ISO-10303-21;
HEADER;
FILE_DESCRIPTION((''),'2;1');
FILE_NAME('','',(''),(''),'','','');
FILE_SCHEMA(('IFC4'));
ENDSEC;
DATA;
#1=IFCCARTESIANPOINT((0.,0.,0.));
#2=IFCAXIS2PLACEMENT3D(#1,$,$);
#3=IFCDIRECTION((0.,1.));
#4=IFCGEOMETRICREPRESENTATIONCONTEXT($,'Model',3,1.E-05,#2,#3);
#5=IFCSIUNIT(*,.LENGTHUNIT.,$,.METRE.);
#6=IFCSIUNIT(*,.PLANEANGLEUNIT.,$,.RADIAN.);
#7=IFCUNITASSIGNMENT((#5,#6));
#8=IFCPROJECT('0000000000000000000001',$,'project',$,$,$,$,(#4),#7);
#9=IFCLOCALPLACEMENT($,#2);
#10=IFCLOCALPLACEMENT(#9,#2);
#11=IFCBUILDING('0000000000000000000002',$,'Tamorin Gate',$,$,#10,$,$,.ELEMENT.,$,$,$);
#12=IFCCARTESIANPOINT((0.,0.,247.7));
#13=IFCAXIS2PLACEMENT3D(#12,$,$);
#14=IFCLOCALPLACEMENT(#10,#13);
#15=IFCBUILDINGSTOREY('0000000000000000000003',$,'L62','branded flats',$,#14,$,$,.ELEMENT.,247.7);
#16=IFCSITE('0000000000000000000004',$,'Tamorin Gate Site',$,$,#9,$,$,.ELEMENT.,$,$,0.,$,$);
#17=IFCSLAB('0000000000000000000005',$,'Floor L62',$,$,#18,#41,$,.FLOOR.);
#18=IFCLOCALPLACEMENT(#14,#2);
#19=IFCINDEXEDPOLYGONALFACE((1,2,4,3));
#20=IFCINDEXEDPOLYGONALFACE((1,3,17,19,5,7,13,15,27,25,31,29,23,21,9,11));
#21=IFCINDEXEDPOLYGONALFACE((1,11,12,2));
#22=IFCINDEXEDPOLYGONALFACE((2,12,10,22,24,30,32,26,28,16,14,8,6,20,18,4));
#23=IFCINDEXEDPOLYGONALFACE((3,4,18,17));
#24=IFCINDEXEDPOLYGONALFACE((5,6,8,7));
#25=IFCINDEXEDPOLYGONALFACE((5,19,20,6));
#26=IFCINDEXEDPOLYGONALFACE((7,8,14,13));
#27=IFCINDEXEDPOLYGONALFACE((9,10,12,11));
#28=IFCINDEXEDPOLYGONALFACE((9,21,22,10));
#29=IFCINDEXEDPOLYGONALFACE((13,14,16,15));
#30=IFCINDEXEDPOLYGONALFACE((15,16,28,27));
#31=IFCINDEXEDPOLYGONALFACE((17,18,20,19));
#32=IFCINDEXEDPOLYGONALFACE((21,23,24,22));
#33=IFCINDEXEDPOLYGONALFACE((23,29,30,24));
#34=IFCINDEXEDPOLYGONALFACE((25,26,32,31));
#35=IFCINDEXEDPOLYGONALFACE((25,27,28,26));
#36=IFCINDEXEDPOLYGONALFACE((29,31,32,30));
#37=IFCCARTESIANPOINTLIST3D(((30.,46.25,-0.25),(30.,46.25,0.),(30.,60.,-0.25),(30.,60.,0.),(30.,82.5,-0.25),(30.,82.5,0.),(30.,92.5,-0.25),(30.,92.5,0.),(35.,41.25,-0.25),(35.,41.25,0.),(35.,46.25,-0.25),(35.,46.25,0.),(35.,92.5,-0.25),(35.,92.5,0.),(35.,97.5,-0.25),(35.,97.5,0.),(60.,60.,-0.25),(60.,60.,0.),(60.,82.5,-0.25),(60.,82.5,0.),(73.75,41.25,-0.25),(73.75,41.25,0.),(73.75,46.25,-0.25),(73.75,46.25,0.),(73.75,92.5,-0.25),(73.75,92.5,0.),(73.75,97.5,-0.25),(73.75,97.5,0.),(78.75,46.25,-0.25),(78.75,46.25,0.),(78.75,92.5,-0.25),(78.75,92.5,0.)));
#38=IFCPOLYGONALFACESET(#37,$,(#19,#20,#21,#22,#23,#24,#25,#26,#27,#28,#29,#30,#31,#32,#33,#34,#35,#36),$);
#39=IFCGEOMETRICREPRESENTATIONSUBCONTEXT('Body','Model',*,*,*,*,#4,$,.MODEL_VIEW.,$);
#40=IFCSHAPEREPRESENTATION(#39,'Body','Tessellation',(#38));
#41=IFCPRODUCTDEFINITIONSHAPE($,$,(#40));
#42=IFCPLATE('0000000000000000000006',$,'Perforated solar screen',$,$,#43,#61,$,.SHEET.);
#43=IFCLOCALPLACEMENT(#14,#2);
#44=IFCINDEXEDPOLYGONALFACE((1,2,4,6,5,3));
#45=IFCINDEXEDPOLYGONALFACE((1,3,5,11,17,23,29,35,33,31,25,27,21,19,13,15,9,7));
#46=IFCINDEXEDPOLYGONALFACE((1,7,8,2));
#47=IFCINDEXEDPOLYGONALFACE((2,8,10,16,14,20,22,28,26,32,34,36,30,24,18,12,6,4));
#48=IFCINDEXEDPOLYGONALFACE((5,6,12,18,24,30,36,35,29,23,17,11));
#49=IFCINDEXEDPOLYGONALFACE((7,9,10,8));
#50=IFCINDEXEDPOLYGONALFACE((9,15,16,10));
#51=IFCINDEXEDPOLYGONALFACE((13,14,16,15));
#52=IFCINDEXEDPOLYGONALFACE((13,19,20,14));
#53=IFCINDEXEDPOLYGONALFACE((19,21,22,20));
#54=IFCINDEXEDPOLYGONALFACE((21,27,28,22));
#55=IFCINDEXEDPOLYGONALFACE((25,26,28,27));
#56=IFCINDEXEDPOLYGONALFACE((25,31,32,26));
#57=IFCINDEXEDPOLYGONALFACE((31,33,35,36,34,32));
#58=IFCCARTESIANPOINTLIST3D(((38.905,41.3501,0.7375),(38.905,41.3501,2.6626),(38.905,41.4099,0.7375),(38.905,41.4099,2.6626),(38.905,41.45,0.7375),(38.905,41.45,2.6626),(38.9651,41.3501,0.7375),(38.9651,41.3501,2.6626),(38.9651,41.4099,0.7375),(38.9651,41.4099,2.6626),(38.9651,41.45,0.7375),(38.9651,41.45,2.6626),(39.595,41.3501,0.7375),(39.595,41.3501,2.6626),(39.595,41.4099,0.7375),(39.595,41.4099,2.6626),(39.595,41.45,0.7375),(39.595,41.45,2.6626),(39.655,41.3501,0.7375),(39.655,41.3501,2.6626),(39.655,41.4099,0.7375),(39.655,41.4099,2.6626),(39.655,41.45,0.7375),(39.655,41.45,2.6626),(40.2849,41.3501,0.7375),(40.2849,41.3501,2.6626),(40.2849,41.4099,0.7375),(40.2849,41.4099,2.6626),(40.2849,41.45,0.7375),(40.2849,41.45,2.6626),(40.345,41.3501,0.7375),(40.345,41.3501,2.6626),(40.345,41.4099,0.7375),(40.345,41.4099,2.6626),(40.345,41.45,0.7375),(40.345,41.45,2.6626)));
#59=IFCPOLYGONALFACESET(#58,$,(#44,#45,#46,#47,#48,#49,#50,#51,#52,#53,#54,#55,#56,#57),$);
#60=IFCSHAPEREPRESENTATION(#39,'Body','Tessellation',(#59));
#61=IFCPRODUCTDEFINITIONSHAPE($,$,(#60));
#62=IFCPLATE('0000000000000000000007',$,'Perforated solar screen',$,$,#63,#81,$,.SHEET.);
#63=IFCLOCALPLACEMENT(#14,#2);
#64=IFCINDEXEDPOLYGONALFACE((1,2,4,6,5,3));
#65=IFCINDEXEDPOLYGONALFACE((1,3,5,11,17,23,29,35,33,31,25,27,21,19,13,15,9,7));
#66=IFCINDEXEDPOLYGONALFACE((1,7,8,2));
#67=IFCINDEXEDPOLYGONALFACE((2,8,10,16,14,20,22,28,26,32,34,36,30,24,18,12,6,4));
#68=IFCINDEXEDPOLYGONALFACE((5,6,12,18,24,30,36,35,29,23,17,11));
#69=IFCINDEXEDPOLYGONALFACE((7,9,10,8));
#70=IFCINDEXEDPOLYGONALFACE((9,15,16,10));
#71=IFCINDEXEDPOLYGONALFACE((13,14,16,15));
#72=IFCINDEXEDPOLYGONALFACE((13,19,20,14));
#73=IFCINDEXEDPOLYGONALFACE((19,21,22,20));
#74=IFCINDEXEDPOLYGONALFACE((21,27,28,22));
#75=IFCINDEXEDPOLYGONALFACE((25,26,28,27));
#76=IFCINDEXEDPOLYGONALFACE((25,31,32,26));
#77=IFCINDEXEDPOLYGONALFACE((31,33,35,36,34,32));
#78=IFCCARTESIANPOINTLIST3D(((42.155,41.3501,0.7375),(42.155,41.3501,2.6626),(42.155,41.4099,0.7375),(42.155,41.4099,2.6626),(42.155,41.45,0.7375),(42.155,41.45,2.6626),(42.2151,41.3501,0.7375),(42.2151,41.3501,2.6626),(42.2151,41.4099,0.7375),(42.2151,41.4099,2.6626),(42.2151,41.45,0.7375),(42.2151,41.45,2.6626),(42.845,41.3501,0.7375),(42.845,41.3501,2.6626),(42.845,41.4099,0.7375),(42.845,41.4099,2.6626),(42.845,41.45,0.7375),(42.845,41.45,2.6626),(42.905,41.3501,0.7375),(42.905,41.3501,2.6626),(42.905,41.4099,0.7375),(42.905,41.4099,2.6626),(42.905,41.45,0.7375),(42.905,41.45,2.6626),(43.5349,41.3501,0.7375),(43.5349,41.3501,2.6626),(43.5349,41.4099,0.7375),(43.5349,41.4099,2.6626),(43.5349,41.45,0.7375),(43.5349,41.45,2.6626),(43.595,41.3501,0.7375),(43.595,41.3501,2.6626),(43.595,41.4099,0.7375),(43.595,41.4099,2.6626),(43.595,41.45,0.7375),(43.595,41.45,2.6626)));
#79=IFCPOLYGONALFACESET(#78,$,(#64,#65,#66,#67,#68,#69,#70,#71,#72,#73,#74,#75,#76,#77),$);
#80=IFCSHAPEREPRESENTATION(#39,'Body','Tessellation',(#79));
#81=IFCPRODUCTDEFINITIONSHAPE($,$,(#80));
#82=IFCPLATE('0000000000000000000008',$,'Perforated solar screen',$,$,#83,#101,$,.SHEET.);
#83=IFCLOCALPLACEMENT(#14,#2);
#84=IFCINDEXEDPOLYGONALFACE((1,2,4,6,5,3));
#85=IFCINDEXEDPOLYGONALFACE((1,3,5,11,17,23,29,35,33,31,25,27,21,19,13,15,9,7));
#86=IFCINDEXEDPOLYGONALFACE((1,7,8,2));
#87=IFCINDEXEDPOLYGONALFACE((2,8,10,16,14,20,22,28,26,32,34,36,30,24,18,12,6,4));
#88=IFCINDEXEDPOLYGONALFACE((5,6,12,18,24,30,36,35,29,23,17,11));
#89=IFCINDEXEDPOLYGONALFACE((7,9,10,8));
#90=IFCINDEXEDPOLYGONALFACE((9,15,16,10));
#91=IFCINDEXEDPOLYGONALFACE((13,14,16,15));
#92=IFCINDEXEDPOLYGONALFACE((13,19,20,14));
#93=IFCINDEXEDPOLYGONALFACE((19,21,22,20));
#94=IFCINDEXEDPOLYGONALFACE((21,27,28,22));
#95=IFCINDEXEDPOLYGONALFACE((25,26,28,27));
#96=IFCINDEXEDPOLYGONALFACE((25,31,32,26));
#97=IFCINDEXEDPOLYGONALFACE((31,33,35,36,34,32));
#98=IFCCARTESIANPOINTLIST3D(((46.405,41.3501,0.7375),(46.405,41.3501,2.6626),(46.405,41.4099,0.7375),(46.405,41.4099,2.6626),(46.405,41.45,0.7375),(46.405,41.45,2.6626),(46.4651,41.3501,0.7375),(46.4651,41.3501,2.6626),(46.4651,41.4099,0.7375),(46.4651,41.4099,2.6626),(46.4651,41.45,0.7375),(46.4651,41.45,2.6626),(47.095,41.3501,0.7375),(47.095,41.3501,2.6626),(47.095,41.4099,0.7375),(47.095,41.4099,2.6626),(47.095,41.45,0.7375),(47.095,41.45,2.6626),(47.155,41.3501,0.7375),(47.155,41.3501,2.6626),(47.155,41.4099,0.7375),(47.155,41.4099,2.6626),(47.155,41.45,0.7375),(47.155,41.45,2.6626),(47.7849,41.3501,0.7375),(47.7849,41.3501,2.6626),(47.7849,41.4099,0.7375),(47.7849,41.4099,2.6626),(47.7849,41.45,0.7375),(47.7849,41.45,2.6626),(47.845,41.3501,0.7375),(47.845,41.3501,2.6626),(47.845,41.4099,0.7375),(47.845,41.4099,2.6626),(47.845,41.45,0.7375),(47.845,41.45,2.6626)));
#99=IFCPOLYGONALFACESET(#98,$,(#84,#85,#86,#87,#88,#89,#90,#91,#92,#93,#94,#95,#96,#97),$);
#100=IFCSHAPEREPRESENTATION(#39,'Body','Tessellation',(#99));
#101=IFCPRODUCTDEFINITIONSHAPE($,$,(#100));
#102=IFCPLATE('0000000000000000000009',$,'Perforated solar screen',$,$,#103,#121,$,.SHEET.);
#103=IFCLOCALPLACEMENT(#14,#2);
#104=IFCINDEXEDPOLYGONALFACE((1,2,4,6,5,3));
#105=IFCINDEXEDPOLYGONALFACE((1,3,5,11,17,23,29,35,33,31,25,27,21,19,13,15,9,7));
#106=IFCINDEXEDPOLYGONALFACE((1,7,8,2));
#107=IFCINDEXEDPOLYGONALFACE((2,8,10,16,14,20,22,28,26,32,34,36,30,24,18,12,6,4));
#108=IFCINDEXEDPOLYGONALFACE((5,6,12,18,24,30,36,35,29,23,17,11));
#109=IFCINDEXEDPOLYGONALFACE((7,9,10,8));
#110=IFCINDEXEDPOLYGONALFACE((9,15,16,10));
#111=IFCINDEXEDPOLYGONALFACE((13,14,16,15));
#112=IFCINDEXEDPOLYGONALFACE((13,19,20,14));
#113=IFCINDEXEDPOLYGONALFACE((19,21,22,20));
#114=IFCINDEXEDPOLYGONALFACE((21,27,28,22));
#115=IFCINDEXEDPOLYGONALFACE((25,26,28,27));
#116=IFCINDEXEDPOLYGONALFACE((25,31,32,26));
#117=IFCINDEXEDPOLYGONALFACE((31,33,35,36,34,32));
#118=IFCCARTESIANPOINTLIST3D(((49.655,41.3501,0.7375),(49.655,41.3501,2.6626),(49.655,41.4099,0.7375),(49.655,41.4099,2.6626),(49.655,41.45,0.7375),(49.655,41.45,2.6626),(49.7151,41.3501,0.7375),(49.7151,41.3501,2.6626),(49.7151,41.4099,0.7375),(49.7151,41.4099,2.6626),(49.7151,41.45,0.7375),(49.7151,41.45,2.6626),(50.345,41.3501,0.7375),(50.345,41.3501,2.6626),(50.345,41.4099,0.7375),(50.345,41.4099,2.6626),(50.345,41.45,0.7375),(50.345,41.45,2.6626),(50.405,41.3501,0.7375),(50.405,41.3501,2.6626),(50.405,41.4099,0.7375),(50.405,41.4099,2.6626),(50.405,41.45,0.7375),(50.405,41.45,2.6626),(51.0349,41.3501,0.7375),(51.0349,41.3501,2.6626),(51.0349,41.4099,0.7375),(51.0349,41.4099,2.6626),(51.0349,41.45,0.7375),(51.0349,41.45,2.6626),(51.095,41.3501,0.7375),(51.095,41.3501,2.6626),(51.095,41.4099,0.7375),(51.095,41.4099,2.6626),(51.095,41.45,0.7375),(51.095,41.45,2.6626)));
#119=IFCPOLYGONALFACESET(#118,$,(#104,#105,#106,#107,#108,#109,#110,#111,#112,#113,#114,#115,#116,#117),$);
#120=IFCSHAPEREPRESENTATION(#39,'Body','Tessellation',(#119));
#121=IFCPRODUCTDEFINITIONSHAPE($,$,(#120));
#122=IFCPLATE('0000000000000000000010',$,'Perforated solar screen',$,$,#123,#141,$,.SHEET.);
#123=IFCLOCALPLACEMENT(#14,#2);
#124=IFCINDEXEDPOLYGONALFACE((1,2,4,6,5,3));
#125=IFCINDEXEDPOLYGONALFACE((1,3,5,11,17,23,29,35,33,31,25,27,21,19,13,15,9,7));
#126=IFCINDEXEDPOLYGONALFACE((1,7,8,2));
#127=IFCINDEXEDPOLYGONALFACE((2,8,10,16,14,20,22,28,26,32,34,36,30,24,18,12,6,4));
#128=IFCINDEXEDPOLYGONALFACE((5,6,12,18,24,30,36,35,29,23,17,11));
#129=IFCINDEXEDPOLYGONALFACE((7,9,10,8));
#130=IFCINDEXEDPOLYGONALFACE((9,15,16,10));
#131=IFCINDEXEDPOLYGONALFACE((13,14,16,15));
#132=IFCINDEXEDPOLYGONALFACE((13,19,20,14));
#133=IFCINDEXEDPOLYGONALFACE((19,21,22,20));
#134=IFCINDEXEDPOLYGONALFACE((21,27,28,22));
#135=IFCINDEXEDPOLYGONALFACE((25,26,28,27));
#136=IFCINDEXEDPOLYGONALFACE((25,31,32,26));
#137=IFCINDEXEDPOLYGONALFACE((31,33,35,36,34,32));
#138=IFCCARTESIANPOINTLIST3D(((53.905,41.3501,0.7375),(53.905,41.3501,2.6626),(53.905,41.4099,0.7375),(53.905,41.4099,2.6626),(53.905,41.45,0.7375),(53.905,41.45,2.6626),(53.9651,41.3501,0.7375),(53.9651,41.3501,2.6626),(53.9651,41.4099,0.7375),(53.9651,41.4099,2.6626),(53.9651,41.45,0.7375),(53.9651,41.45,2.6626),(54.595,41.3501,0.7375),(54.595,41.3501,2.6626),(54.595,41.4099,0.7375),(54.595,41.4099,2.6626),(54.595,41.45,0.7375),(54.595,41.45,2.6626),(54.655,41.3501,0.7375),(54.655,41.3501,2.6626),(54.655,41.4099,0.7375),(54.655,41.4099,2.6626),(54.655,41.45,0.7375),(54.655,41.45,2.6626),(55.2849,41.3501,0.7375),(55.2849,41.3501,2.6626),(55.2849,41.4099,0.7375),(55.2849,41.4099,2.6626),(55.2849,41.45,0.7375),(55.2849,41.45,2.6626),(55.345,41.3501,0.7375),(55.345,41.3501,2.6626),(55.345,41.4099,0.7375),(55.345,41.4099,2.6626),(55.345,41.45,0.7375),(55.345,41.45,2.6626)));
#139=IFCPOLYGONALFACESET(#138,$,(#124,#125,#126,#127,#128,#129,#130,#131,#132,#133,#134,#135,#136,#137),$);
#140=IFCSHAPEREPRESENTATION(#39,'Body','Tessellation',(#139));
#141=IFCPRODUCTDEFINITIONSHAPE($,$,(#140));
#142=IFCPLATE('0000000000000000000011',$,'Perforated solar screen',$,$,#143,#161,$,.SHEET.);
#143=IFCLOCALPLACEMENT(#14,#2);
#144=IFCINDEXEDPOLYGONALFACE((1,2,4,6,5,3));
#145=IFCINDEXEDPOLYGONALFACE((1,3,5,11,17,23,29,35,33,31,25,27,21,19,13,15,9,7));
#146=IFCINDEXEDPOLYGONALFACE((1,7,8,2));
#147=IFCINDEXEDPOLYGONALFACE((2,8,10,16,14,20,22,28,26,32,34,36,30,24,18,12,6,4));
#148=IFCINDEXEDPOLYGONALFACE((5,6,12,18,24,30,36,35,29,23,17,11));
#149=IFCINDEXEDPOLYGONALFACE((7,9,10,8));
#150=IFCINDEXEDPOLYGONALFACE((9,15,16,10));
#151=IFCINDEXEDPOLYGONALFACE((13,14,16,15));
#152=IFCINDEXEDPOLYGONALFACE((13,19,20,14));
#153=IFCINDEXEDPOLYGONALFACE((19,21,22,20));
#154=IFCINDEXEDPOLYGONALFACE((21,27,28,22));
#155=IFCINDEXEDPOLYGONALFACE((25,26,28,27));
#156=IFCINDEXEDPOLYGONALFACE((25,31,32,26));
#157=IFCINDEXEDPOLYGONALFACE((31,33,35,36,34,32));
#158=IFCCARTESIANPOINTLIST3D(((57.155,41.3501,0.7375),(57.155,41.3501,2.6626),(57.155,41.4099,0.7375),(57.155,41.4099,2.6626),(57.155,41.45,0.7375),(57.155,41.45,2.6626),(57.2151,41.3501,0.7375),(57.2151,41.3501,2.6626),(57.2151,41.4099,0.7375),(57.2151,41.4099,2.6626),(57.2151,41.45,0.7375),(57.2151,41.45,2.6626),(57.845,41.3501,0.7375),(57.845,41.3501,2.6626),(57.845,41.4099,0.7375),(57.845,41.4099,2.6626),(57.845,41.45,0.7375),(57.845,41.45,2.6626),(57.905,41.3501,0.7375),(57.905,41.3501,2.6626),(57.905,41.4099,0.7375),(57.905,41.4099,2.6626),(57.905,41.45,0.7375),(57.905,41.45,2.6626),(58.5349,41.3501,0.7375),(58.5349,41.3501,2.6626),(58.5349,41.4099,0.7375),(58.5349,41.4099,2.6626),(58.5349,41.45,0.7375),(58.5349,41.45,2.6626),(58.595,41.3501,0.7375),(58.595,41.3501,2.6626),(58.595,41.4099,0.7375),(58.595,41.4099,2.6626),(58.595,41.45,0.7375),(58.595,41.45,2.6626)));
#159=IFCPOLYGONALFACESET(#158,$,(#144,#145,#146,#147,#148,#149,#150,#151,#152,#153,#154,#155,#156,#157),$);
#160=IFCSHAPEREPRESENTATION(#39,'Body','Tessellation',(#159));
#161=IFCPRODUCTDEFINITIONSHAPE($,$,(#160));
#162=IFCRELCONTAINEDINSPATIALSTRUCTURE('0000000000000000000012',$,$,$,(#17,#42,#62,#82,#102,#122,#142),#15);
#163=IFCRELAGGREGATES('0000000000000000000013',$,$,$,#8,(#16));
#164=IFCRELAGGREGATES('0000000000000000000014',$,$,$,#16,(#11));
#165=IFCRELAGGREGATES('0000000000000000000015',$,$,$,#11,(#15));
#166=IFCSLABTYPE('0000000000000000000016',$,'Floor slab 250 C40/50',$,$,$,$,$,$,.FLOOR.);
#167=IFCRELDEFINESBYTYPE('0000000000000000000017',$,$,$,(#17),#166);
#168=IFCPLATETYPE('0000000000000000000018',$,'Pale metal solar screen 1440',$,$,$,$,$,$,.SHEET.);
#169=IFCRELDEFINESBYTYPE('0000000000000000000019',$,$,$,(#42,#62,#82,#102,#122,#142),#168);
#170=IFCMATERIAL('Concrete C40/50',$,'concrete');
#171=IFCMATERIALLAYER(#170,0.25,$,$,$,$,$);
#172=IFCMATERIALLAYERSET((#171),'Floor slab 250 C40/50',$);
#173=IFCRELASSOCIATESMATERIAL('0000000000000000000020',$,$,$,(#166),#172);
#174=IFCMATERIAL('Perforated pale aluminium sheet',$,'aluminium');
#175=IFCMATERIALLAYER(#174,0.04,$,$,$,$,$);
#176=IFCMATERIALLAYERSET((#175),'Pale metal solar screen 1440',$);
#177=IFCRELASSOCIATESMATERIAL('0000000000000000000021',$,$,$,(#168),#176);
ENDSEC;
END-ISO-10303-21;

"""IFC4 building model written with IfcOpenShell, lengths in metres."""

from ifc_helpers import new_model, si_unit, direction, frame, origin, place, context, subcontext, project, spatial, polyline, outline, extrude, material, layer, layer_set, type_object, element, save


model = new_model("IFC4")

# Units and contexts
model_context = context("Model", 3, precision=1e-05, world=origin(), true_north=direction((0.0, 1.0)))
body_context = subcontext(model_context, "Body", "Model", "MODEL_VIEW")
ifc_project = project(units=[si_unit("LENGTHUNIT", "METRE"), si_unit("PLANEANGLEUNIT", "RADIAN")], contexts=[model_context])

# Site, building, storey
site_placement = place(None, origin())
site = spatial("IfcSite", under=ifc_project, at=site_placement, Name="Tamorin Gate Site", CompositionType="ELEMENT", RefElevation=0.0)
building_placement = place(site_placement, origin())
building = spatial("IfcBuilding", under=site, at=building_placement, Name="Tamorin Gate", CompositionType="ELEMENT")
storey_placement = place(building_placement, frame((0.0, 0.0, 247.7)))
storey = spatial("IfcBuildingStorey", under=building, at=storey_placement, Name="L62", Description="branded flats", CompositionType="ELEMENT", Elevation=247.7)

# Slab
ifc_material_1 = material(Name="Concrete C40/50", Category="concrete")
ifc_layer_1 = layer(ifc_material_1, 0.25)
ifc_layer_set_1 = layer_set([ifc_layer_1], Name="Floor slab 250 C40/50")
slab_type = type_object("IfcSlabType", Name="Floor slab 250 C40/50", PredefinedType="FLOOR", material=ifc_layer_set_1)
slab_placement = place(storey_placement, frame((0.0, 0.0, -0.25)))
element("IfcSlab", 1, at=slab_placement, inside=storey, type_object=slab_type, Name="Floor L62", PredefinedType="FLOOR", context=body_context, shape_type="SweptSolid", body=[
    extrude(outline(polyline([(30.0, 92.5), (35.0, 92.5), (35.0, 97.5), (73.75, 97.5), (73.75, 92.5), (78.75, 92.5), (78.75, 46.25), (73.75, 46.25), (73.75, 41.25), (35.0, 41.25), (35.0, 46.25), (30.0, 46.25), (30.0, 60.0), (60.0, 60.0), (60.0, 82.5), (30.0, 82.5), (30.0, 92.5)])), origin(), (0.0, 0.0, 1.0), 0.25),
])

# Plates
ifc_material_2 = material(Name="Perforated pale aluminium sheet", Category="aluminium")
ifc_layer_2 = layer(ifc_material_2, 0.04)
ifc_layer_set_2 = layer_set([ifc_layer_2], Name="Pale metal solar screen 1440")
plate_type = type_object("IfcPlateType", Name="Pale metal solar screen 1440", PredefinedType="SHEET", material=ifc_layer_set_2)
plate_1_placement = place(storey_placement, frame((0.0, 0.0, 0.7375)))
element("IfcPlate", 2, at=plate_1_placement, inside=storey, type_object=plate_type, Name="Perforated solar screen", PredefinedType="SHEET", context=body_context, shape_type="SweptSolid", body=[
    extrude(outline(polyline([(38.905, 41.4099), (38.905, 41.45), (38.9651, 41.45), (39.595, 41.45), (39.655, 41.45), (40.2849, 41.45), (40.345, 41.45), (40.345, 41.45), (40.345, 41.4099), (40.345, 41.4099), (40.345, 41.3501), (40.2849, 41.3501), (40.2849, 41.4099), (39.655, 41.4099), (39.655, 41.3501), (39.595, 41.3501), (39.595, 41.4099), (38.9651, 41.4099), (38.9651, 41.3501), (38.905, 41.3501), (38.905, 41.4099)])), origin(), (0.0, 0.0, 1.0), 1.925),
])
plate_2_placement = place(storey_placement, frame((0.0, 0.0, 0.7375)))
element("IfcPlate", 3, at=plate_2_placement, inside=storey, type_object=plate_type, Name="Perforated solar screen", PredefinedType="SHEET", context=body_context, shape_type="SweptSolid", body=[
    extrude(outline(polyline([(42.155, 41.4099), (42.155, 41.45), (42.2151, 41.45), (42.845, 41.45), (42.905, 41.45), (43.5349, 41.45), (43.595, 41.45), (43.595, 41.4099), (43.595, 41.3501), (43.5349, 41.3501), (43.5349, 41.4099), (42.905, 41.4099), (42.905, 41.3501), (42.845, 41.3501), (42.845, 41.4099), (42.2151, 41.4099), (42.2151, 41.3501), (42.155, 41.3501), (42.155, 41.4099)])), origin(), (0.0, 0.0, 1.0), 1.925),
])
plate_3_placement = place(storey_placement, frame((0.0, 0.0, 0.7375)))
element("IfcPlate", 4, at=plate_3_placement, inside=storey, type_object=plate_type, Name="Perforated solar screen", PredefinedType="SHEET", context=body_context, shape_type="SweptSolid", body=[
    extrude(outline(polyline([(46.405, 41.4099), (46.405, 41.45), (46.4651, 41.45), (47.095, 41.45), (47.155, 41.45), (47.7849, 41.45), (47.845, 41.45), (47.845, 41.4099), (47.845, 41.3501), (47.7849, 41.3501), (47.7849, 41.4099), (47.155, 41.4099), (47.155, 41.3501), (47.095, 41.3501), (47.095, 41.4099), (46.4651, 41.4099), (46.4651, 41.3501), (46.405, 41.3501), (46.405, 41.4099)])), origin(), (0.0, 0.0, 1.0), 1.925),
])
plate_4_placement = place(storey_placement, frame((0.0, 0.0, 0.7375)))
element("IfcPlate", 5, at=plate_4_placement, inside=storey, type_object=plate_type, Name="Perforated solar screen", PredefinedType="SHEET", context=body_context, shape_type="SweptSolid", body=[
    extrude(outline(polyline([(49.655, 41.4099), (49.655, 41.45), (49.7151, 41.45), (50.345, 41.45), (50.405, 41.45), (51.0349, 41.45), (51.095, 41.45), (51.095, 41.4099), (51.095, 41.3501), (51.0349, 41.3501), (51.0349, 41.4099), (50.405, 41.4099), (50.405, 41.3501), (50.345, 41.3501), (50.345, 41.4099), (49.7151, 41.4099), (49.7151, 41.3501), (49.655, 41.3501), (49.655, 41.4099)])), origin(), (0.0, 0.0, 1.0), 1.925),
])
plate_5_placement = place(storey_placement, frame((0.0, 0.0, 0.7375)))
element("IfcPlate", 6, at=plate_5_placement, inside=storey, type_object=plate_type, Name="Perforated solar screen", PredefinedType="SHEET", context=body_context, shape_type="SweptSolid", body=[
    extrude(outline(polyline([(53.905, 41.4099), (53.905, 41.45), (53.9651, 41.45), (54.595, 41.45), (54.655, 41.45), (55.2849, 41.45), (55.345, 41.45), (55.345, 41.4099), (55.345, 41.3501), (55.2849, 41.3501), (55.2849, 41.4099), (54.655, 41.4099), (54.655, 41.3501), (54.595, 41.3501), (54.595, 41.4099), (53.9651, 41.4099), (53.9651, 41.3501), (53.905, 41.3501), (53.905, 41.4099)])), origin(), (0.0, 0.0, 1.0), 1.925),
])
plate_6_placement = place(storey_placement, frame((0.0, 0.0, 0.7375)))
element("IfcPlate", 7, at=plate_6_placement, inside=storey, type_object=plate_type, Name="Perforated solar screen", PredefinedType="SHEET", context=body_context, shape_type="SweptSolid", body=[
    extrude(outline(polyline([(57.155, 41.4099), (57.155, 41.45), (57.2151, 41.45), (57.845, 41.45), (57.905, 41.45), (58.5349, 41.45), (58.595, 41.45), (58.595, 41.4099), (58.595, 41.3501), (58.5349, 41.3501), (58.5349, 41.4099), (57.905, 41.4099), (57.905, 41.3501), (57.845, 41.3501), (57.845, 41.4099), (57.2151, 41.4099), (57.2151, 41.3501), (57.155, 41.3501), (57.155, 41.4099)])), origin(), (0.0, 0.0, 1.0), 1.925),
])

save(model, "model.ifc")
